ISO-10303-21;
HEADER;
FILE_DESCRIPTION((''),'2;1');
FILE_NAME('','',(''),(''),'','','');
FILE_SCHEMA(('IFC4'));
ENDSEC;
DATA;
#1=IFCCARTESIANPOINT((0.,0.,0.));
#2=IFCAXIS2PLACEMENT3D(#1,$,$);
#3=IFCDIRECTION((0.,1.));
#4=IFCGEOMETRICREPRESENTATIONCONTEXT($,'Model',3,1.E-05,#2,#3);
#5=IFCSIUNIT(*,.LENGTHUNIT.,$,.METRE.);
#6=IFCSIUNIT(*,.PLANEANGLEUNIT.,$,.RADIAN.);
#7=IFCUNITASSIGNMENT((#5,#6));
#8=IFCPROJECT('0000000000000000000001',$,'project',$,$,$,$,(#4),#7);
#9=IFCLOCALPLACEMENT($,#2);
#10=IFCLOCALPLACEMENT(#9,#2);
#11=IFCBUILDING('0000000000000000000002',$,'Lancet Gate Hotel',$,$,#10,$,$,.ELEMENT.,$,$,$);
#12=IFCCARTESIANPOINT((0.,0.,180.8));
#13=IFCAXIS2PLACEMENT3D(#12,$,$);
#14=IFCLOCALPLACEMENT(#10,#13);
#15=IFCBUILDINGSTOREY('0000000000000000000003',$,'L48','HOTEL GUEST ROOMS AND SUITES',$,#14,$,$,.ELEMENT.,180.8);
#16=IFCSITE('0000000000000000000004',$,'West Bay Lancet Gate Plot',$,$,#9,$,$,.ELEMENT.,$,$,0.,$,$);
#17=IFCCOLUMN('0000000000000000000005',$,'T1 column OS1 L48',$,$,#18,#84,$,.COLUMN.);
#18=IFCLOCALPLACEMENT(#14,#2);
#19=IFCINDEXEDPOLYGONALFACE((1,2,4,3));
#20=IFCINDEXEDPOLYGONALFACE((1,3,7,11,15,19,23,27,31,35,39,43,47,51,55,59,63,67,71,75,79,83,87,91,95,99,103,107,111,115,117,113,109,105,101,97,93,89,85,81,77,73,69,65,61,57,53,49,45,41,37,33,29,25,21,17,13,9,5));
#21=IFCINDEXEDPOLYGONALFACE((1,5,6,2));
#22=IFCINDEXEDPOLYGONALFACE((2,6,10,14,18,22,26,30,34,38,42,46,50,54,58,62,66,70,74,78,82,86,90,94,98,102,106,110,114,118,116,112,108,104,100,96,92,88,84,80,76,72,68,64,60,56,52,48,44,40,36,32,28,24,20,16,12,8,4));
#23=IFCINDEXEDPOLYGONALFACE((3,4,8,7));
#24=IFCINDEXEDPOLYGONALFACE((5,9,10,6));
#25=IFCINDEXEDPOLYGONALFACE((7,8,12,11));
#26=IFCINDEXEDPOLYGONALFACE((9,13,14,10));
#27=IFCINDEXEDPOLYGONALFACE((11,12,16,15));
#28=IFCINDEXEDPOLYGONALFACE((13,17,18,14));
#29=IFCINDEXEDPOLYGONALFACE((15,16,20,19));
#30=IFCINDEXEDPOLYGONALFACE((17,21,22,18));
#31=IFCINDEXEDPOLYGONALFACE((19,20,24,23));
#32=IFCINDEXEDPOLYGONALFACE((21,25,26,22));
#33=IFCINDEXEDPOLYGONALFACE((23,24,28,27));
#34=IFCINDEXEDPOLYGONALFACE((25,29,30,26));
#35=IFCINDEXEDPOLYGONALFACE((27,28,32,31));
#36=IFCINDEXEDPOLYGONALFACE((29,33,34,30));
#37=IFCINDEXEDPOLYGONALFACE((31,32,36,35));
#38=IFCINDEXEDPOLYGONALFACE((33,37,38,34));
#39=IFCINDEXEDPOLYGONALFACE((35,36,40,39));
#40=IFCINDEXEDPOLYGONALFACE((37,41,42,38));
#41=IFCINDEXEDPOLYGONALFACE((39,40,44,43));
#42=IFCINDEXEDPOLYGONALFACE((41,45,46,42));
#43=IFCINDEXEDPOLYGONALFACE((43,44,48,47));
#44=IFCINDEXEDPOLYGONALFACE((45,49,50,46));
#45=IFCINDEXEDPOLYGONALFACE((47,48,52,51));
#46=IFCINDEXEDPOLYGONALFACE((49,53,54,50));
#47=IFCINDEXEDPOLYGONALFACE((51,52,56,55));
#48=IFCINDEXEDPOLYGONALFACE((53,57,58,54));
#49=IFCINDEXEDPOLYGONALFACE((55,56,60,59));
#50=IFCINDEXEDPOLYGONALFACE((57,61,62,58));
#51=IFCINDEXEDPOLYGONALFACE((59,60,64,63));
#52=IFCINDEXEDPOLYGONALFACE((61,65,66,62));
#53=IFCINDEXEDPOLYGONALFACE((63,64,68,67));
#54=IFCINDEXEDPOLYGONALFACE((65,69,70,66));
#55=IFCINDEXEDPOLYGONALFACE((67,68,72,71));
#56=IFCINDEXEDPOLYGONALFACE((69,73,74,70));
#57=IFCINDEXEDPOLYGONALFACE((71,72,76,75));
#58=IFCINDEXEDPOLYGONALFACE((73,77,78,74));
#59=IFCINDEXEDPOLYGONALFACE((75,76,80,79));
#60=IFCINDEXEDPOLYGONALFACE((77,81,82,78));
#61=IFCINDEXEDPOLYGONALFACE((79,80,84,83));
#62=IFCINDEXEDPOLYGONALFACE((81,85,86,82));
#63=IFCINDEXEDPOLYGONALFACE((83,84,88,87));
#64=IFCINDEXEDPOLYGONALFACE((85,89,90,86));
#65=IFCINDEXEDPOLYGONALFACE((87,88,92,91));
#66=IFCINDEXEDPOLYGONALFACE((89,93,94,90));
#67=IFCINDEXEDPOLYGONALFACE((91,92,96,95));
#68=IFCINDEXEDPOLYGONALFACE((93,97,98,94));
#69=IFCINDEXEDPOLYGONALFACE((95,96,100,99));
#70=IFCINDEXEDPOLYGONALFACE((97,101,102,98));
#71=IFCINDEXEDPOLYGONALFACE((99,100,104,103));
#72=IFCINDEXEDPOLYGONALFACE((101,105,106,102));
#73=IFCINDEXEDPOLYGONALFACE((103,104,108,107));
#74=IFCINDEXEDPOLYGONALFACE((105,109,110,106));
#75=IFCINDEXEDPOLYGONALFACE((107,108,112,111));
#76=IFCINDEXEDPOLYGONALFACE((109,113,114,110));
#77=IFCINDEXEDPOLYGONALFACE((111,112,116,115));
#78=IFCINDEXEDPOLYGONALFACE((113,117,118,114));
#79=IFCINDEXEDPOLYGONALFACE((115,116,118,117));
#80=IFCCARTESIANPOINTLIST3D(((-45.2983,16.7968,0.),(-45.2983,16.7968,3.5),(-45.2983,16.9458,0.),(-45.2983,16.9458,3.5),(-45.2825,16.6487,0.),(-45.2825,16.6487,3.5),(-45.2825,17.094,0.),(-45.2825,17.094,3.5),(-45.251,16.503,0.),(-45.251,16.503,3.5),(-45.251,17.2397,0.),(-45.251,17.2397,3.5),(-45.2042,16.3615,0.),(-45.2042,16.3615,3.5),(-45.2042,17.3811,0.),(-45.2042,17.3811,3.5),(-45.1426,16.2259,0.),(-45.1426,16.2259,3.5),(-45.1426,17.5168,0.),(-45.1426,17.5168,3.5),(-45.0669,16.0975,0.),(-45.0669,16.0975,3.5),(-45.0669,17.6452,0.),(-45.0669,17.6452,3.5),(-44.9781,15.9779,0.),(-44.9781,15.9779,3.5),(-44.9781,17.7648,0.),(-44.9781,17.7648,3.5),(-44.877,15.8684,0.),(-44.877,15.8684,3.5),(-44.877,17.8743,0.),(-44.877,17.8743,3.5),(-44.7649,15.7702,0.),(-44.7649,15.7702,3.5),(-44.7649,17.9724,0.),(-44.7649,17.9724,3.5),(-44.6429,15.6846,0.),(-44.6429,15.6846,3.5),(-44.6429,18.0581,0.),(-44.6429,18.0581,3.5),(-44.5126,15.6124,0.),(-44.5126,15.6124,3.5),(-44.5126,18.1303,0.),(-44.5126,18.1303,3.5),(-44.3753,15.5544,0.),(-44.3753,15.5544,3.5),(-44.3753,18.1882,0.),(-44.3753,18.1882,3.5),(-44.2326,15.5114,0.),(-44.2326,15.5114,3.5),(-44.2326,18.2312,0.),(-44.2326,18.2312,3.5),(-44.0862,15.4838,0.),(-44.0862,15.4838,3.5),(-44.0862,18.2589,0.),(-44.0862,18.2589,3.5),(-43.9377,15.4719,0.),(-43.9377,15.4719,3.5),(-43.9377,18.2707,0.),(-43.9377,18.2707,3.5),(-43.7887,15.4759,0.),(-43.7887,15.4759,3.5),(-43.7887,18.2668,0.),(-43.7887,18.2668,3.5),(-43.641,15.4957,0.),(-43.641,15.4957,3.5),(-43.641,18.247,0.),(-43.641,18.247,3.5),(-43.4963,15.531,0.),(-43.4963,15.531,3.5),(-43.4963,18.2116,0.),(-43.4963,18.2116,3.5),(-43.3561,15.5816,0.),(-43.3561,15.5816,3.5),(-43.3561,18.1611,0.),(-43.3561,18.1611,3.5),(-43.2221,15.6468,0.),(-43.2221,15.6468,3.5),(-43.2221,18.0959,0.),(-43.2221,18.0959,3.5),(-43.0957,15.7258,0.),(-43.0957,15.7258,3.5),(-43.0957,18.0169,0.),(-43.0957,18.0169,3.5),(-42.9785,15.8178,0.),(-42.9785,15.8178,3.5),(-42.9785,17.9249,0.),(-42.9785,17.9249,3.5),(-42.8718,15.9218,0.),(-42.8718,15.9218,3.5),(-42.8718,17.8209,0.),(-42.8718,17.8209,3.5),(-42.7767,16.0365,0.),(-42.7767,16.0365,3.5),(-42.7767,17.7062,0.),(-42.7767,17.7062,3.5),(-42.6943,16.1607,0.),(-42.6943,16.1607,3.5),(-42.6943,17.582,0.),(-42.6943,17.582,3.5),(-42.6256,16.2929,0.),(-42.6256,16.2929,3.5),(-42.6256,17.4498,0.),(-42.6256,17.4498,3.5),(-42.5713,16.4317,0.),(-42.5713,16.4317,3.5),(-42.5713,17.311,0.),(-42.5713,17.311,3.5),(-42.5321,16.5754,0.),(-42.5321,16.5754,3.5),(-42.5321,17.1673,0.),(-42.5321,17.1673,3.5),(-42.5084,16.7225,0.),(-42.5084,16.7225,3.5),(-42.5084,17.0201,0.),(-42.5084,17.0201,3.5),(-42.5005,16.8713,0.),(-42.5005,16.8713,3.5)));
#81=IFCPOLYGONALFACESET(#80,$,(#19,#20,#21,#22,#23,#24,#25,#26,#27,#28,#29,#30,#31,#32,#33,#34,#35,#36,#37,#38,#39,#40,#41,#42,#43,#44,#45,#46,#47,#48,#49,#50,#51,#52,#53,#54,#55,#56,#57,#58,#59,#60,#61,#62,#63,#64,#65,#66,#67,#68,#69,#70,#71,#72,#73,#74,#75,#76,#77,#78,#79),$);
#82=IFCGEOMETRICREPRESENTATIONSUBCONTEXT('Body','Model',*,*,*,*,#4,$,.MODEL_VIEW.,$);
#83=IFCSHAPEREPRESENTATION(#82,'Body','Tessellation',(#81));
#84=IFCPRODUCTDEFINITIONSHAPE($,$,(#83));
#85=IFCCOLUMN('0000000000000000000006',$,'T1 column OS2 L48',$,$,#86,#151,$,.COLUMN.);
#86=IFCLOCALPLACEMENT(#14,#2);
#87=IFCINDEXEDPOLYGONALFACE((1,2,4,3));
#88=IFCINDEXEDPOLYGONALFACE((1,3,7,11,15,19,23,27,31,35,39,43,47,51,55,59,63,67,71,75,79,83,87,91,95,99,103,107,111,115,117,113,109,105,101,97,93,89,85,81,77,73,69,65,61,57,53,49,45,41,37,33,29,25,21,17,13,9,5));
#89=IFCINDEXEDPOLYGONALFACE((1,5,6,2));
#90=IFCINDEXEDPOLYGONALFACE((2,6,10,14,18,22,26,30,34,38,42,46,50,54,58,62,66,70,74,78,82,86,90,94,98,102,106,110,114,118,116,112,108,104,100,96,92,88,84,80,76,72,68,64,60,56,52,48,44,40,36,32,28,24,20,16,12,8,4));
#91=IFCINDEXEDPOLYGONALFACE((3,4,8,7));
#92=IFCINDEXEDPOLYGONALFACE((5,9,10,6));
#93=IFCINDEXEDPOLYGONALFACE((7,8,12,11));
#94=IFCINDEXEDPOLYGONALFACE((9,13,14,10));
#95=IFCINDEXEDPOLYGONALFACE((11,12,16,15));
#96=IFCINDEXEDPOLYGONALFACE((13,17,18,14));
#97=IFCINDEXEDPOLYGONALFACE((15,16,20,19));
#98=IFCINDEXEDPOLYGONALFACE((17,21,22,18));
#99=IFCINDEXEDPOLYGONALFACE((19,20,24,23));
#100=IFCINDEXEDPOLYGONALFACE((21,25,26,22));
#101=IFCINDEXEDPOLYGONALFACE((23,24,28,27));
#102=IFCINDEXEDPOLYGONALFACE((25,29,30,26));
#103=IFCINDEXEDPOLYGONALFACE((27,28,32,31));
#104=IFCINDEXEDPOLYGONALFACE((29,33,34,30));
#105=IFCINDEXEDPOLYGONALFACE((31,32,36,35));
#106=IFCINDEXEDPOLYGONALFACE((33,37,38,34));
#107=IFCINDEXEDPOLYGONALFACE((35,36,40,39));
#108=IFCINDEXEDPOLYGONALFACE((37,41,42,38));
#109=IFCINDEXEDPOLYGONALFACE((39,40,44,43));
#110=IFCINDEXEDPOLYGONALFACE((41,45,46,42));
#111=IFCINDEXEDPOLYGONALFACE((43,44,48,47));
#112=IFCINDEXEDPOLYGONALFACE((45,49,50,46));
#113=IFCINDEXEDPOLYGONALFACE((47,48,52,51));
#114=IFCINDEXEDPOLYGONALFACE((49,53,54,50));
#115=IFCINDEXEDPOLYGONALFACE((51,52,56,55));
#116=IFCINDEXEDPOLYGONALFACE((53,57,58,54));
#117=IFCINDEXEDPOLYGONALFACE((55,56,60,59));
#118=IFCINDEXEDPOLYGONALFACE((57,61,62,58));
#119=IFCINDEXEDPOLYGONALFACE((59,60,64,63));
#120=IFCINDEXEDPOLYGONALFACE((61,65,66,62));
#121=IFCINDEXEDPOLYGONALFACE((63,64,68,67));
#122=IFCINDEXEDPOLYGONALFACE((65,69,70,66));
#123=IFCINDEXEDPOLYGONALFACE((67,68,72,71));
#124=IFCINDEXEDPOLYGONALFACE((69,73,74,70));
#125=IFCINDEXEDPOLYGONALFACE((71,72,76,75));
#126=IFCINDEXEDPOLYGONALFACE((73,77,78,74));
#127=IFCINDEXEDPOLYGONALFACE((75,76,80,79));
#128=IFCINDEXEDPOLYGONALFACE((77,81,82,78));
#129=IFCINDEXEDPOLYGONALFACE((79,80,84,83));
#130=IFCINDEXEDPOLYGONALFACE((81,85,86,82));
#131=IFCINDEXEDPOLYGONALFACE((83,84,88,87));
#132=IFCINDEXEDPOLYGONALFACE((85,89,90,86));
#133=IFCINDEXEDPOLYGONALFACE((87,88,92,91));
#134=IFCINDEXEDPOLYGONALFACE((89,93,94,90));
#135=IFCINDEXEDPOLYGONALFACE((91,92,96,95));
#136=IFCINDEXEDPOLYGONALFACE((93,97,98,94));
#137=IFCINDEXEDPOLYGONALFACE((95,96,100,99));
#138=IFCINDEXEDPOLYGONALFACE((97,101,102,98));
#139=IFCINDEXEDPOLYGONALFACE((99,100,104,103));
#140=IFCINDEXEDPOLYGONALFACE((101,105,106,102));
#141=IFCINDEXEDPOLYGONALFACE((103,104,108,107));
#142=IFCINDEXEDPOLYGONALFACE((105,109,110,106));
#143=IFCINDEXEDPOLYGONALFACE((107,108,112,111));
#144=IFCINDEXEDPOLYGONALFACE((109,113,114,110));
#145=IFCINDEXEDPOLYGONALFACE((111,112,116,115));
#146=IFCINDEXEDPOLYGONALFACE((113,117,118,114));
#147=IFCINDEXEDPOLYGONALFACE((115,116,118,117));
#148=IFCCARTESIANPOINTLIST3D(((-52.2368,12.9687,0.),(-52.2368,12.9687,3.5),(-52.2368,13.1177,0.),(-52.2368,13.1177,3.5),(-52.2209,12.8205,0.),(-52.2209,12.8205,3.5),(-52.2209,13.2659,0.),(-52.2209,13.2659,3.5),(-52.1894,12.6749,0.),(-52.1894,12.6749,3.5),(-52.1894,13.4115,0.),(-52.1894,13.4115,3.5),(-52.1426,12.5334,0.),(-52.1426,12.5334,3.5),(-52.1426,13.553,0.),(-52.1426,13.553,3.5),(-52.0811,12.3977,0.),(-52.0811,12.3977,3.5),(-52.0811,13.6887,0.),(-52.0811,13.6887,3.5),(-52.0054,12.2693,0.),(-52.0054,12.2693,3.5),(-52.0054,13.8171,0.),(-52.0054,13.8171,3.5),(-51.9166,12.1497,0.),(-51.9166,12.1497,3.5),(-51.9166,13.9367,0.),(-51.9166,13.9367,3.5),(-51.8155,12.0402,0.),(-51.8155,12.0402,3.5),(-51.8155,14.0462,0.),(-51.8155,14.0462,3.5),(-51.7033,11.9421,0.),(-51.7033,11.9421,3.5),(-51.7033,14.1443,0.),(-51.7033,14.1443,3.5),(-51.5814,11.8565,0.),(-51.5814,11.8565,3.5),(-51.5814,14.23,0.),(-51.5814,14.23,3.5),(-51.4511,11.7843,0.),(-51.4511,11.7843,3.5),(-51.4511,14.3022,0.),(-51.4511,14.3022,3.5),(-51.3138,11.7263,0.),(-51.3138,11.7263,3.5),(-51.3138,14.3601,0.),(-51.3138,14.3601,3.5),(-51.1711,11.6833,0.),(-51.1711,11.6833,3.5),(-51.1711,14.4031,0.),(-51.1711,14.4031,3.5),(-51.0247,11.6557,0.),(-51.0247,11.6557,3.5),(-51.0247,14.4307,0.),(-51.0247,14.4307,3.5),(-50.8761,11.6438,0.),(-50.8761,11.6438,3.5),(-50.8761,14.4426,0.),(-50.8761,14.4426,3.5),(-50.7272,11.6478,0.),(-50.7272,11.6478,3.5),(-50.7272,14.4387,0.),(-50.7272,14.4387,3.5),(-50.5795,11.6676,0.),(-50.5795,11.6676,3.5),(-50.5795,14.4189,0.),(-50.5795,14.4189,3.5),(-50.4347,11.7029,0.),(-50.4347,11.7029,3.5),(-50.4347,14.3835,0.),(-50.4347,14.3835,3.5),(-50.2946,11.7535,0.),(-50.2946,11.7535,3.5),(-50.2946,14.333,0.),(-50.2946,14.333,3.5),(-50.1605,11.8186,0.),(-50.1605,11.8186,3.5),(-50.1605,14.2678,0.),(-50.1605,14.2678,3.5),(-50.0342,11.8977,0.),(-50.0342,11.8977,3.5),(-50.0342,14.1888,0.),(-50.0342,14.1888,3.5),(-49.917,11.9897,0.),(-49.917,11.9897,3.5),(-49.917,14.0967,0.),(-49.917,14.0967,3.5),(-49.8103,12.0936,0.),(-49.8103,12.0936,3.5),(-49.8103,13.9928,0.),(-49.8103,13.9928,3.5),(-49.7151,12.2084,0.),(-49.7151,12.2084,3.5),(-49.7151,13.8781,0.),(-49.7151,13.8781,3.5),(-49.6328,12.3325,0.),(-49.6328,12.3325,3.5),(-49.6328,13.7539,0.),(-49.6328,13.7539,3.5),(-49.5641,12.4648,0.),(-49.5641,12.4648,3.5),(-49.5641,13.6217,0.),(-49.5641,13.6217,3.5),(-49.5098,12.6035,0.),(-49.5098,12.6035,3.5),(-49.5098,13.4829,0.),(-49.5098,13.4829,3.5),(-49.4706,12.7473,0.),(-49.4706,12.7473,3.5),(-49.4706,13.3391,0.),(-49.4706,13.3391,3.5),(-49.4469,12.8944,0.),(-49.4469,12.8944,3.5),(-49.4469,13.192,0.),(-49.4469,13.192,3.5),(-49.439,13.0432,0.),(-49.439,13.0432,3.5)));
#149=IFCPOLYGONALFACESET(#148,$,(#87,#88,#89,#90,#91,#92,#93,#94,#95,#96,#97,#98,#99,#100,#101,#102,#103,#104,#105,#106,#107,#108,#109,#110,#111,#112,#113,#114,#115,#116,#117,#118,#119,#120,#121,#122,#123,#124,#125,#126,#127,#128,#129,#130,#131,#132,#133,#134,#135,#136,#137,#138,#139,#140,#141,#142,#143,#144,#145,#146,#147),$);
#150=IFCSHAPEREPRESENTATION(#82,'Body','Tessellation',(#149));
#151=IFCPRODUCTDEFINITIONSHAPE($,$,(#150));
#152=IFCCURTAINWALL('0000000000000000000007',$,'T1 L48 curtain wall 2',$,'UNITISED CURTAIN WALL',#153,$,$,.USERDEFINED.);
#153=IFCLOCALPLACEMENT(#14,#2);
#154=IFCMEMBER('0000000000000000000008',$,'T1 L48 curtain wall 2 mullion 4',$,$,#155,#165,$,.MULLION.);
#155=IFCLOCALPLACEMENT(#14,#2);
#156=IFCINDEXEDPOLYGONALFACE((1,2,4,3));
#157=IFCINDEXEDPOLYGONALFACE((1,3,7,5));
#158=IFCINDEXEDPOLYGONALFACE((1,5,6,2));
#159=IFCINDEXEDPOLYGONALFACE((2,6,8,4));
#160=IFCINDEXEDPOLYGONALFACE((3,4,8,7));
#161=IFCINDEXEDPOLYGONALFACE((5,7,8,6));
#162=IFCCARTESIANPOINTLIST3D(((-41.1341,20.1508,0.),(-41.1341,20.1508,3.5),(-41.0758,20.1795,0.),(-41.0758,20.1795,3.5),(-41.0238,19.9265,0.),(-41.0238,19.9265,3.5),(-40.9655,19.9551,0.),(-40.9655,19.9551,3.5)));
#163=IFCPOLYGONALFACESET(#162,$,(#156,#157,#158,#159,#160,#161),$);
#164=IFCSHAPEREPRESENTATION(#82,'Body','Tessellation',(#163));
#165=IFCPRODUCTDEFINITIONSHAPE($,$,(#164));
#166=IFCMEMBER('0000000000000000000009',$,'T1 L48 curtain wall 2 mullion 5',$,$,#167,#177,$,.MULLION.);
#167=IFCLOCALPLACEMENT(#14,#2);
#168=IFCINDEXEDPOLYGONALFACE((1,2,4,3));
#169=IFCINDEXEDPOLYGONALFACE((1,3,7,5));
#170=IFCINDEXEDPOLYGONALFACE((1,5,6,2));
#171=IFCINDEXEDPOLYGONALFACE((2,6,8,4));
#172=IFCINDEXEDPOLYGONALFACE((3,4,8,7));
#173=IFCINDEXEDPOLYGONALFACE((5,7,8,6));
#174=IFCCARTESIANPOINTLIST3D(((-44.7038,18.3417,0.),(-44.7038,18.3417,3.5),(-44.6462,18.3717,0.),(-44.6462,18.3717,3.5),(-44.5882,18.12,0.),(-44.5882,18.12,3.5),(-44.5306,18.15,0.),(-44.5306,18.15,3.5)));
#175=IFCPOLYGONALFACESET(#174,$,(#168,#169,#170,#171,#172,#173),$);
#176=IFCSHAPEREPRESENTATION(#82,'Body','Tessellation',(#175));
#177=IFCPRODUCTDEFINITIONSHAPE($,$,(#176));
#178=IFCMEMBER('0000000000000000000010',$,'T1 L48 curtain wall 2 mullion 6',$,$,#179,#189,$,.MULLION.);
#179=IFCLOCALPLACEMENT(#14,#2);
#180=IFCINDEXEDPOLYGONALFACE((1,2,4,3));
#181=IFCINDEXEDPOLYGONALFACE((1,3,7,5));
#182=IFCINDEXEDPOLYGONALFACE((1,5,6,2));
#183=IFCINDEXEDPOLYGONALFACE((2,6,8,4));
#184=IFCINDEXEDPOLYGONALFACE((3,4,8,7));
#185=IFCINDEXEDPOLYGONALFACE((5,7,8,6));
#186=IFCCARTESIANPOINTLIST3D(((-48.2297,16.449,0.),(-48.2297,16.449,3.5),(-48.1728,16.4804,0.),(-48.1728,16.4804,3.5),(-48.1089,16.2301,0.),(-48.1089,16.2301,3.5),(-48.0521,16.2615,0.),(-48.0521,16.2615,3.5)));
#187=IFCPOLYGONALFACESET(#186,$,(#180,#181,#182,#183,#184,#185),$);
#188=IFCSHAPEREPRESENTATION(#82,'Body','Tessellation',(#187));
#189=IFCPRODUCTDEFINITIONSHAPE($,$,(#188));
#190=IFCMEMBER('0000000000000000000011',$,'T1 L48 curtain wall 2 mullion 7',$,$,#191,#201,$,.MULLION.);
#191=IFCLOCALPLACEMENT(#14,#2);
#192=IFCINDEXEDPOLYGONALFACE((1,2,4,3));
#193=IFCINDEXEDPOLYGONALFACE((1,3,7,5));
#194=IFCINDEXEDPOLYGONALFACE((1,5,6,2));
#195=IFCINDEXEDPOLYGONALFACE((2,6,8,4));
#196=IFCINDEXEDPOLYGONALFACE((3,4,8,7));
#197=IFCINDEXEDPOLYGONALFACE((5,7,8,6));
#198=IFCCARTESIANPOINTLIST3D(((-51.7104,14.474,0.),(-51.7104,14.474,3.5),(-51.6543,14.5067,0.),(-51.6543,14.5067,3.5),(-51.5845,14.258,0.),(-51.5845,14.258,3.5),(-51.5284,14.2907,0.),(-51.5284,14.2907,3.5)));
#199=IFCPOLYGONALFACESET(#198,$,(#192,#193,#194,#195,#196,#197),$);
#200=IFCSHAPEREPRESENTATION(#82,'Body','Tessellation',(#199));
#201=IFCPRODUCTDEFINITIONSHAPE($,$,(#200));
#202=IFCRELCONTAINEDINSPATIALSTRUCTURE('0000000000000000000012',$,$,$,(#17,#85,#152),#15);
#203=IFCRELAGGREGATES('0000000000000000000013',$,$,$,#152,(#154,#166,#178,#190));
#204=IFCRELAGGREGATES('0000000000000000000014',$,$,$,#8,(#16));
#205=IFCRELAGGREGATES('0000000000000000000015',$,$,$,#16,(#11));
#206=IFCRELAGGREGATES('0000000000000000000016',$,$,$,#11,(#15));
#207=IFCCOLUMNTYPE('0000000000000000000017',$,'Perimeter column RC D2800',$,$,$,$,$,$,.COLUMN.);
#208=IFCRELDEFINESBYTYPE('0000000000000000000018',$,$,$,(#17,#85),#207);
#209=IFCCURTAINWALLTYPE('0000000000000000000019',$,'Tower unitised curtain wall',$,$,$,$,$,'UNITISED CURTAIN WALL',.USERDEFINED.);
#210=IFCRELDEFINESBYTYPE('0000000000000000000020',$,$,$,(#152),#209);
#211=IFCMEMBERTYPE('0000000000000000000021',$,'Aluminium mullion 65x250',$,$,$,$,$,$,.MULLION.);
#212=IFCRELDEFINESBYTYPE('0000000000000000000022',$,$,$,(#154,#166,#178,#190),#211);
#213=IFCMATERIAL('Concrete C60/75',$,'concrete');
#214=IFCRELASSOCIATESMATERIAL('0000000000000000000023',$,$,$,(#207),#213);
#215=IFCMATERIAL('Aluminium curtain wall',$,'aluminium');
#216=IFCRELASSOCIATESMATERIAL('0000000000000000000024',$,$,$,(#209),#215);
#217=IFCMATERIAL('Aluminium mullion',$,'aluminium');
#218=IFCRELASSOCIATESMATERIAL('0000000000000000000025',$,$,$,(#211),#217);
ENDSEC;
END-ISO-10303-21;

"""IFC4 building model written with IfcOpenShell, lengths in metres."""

from ifc_helpers import new_model, si_unit, direction, frame, origin, origin_2d, place, context, subcontext, project, spatial, rectangle, circle, extrude, material, material_profile, profile_set, type_object, element, aggregate, save


model = new_model("IFC4")

# Units and contexts
model_context = context("Model", 3, precision=1e-05, world=origin(), true_north=direction((0.0, 1.0)))
body_context = subcontext(model_context, "Body", "Model", "MODEL_VIEW")
ifc_project = project(units=[si_unit("LENGTHUNIT", "METRE"), si_unit("PLANEANGLEUNIT", "RADIAN")], contexts=[model_context])

# Site, building, storey
site_placement = place(None, origin())
site = spatial("IfcSite", under=ifc_project, at=site_placement, Name="West Bay Lancet Gate Plot", CompositionType="ELEMENT", RefElevation=0.0)
building_placement = place(site_placement, origin())
building = spatial("IfcBuilding", under=site, at=building_placement, Name="Lancet Gate Hotel", CompositionType="ELEMENT")
storey_placement = place(building_placement, frame((0.0, 0.0, 180.8)))
storey = spatial("IfcBuildingStorey", under=building, at=storey_placement, Name="L48", Description="HOTEL GUEST ROOMS AND SUITES", CompositionType="ELEMENT", Elevation=180.8)

# Columns
ifc_material_1 = material(Name="Concrete C60/75", Category="concrete")
ifc_material_profile_1 = material_profile(ifc_material_1, circle(Radius=1.3999, at=origin_2d()), Name="RC D2800")
ifc_profile_set_1 = profile_set([ifc_material_profile_1], Name="Concrete C60/75")
column_type = type_object("IfcColumnType", Name="Perimeter column RC D2800", PredefinedType="COLUMN", material=ifc_profile_set_1)
for number, where, z_axis, x_axis, name in (
    (1, (-43.9004, 16.8713, 0.0), (0.0, 0.0, 1.0), (1.0, 0.0, 0.0), "T1 column OS1 L48"),
    (2, (-50.8389, 13.0432, 0.0), (0.0, 0.0, 1.0), (1.0, 0.0, 0.0), "T1 column OS2 L48"),
):
    element("IfcColumn", number, at=place(storey_placement, frame(where, z_axis=z_axis, x_axis=x_axis)), inside=storey, type_object=column_type, Name=name, PredefinedType="COLUMN", context=body_context, shape_type="SweptSolid", body=[
        extrude(circle(Radius=1.3999, at=origin_2d()), origin(), (0.0, 0.0, 1.0), 3.5),
    ])

# Curtain wall, members
ifc_material_2 = material(Name="Aluminium curtain wall", Category="aluminium")
curtain_wall_type = type_object("IfcCurtainWallType", Name="Tower unitised curtain wall", ElementType="UNITISED CURTAIN WALL", PredefinedType="USERDEFINED", material=ifc_material_2)
curtain_wall_placement = place(storey_placement, origin())
curtain_wall = element("IfcCurtainWall", 3, at=curtain_wall_placement, inside=storey, type_object=curtain_wall_type, Name="T1 L48 curtain wall 2", ObjectType="UNITISED CURTAIN WALL", PredefinedType="USERDEFINED")
ifc_material_3 = material(Name="Aluminium mullion", Category="aluminium")
ifc_material_profile_2 = material_profile(ifc_material_3, rectangle(XDim=0.0649, YDim=0.25, at=origin_2d()), Name="MULLION 65x250")
ifc_profile_set_2 = profile_set([ifc_material_profile_2], Name="Aluminium mullion")
member_type_1 = type_object("IfcMemberType", Name="Aluminium mullion 65x250", PredefinedType="MULLION", material=ifc_profile_set_2)
member_1_placement = place(storey_placement, frame((-41.0498, 20.053, 0.0), z_axis=(0.0, 0.0, 1.0), x_axis=(-0.897324, -0.441372, 0.0)))
member_1 = element("IfcMember", 4, at=member_1_placement, type_object=member_type_1, Name="T1 L48 curtain wall 2 mullion 4", PredefinedType="MULLION", context=body_context, shape_type="SweptSolid", body=[
    extrude(rectangle(XDim=0.0649, YDim=0.25, at=origin_2d()), origin(), (0.0, 0.0, 1.0), 3.5),
])
member_2_placement = place(storey_placement, frame((-44.6172, 18.2458, 0.0), z_axis=(0.0, 0.0, 1.0), x_axis=(-0.886694, -0.462356, 0.0)))
member_2 = element("IfcMember", 5, at=member_2_placement, type_object=member_type_1, Name="T1 L48 curtain wall 2 mullion 5", PredefinedType="MULLION", context=body_context, shape_type="SweptSolid", body=[
    extrude(rectangle(XDim=0.0649, YDim=0.25, at=origin_2d()), origin(), (0.0, 0.0, 1.0), 3.5),
])
member_3_placement = place(storey_placement, frame((-48.1409, 16.3552, 0.0), z_axis=(0.0, 0.0, 1.0), x_axis=(-0.875574, -0.483084, 0.0)))
member_3 = element("IfcMember", 6, at=member_3_placement, type_object=member_type_1, Name="T1 L48 curtain wall 2 mullion 6", PredefinedType="MULLION", context=body_context, shape_type="SweptSolid", body=[
    extrude(rectangle(XDim=0.0649, YDim=0.25, at=origin_2d()), origin(), (0.0, 0.0, 1.0), 3.5),
])
member_4_placement = place(storey_placement, frame((-51.6194, 14.3823, 0.0), z_axis=(0.0, 0.0, 1.0), x_axis=(-0.863969, -0.503545, 0.0)))
member_4 = element("IfcMember", 7, at=member_4_placement, type_object=member_type_1, Name="T1 L48 curtain wall 2 mullion 7", PredefinedType="MULLION", context=body_context, shape_type="SweptSolid", body=[
    extrude(rectangle(XDim=0.0649, YDim=0.25, at=origin_2d()), origin(), (0.0, 0.0, 1.0), 3.5),
])

aggregate(curtain_wall, [member_1, member_2, member_3, member_4])

save(model, "model.ifc")
